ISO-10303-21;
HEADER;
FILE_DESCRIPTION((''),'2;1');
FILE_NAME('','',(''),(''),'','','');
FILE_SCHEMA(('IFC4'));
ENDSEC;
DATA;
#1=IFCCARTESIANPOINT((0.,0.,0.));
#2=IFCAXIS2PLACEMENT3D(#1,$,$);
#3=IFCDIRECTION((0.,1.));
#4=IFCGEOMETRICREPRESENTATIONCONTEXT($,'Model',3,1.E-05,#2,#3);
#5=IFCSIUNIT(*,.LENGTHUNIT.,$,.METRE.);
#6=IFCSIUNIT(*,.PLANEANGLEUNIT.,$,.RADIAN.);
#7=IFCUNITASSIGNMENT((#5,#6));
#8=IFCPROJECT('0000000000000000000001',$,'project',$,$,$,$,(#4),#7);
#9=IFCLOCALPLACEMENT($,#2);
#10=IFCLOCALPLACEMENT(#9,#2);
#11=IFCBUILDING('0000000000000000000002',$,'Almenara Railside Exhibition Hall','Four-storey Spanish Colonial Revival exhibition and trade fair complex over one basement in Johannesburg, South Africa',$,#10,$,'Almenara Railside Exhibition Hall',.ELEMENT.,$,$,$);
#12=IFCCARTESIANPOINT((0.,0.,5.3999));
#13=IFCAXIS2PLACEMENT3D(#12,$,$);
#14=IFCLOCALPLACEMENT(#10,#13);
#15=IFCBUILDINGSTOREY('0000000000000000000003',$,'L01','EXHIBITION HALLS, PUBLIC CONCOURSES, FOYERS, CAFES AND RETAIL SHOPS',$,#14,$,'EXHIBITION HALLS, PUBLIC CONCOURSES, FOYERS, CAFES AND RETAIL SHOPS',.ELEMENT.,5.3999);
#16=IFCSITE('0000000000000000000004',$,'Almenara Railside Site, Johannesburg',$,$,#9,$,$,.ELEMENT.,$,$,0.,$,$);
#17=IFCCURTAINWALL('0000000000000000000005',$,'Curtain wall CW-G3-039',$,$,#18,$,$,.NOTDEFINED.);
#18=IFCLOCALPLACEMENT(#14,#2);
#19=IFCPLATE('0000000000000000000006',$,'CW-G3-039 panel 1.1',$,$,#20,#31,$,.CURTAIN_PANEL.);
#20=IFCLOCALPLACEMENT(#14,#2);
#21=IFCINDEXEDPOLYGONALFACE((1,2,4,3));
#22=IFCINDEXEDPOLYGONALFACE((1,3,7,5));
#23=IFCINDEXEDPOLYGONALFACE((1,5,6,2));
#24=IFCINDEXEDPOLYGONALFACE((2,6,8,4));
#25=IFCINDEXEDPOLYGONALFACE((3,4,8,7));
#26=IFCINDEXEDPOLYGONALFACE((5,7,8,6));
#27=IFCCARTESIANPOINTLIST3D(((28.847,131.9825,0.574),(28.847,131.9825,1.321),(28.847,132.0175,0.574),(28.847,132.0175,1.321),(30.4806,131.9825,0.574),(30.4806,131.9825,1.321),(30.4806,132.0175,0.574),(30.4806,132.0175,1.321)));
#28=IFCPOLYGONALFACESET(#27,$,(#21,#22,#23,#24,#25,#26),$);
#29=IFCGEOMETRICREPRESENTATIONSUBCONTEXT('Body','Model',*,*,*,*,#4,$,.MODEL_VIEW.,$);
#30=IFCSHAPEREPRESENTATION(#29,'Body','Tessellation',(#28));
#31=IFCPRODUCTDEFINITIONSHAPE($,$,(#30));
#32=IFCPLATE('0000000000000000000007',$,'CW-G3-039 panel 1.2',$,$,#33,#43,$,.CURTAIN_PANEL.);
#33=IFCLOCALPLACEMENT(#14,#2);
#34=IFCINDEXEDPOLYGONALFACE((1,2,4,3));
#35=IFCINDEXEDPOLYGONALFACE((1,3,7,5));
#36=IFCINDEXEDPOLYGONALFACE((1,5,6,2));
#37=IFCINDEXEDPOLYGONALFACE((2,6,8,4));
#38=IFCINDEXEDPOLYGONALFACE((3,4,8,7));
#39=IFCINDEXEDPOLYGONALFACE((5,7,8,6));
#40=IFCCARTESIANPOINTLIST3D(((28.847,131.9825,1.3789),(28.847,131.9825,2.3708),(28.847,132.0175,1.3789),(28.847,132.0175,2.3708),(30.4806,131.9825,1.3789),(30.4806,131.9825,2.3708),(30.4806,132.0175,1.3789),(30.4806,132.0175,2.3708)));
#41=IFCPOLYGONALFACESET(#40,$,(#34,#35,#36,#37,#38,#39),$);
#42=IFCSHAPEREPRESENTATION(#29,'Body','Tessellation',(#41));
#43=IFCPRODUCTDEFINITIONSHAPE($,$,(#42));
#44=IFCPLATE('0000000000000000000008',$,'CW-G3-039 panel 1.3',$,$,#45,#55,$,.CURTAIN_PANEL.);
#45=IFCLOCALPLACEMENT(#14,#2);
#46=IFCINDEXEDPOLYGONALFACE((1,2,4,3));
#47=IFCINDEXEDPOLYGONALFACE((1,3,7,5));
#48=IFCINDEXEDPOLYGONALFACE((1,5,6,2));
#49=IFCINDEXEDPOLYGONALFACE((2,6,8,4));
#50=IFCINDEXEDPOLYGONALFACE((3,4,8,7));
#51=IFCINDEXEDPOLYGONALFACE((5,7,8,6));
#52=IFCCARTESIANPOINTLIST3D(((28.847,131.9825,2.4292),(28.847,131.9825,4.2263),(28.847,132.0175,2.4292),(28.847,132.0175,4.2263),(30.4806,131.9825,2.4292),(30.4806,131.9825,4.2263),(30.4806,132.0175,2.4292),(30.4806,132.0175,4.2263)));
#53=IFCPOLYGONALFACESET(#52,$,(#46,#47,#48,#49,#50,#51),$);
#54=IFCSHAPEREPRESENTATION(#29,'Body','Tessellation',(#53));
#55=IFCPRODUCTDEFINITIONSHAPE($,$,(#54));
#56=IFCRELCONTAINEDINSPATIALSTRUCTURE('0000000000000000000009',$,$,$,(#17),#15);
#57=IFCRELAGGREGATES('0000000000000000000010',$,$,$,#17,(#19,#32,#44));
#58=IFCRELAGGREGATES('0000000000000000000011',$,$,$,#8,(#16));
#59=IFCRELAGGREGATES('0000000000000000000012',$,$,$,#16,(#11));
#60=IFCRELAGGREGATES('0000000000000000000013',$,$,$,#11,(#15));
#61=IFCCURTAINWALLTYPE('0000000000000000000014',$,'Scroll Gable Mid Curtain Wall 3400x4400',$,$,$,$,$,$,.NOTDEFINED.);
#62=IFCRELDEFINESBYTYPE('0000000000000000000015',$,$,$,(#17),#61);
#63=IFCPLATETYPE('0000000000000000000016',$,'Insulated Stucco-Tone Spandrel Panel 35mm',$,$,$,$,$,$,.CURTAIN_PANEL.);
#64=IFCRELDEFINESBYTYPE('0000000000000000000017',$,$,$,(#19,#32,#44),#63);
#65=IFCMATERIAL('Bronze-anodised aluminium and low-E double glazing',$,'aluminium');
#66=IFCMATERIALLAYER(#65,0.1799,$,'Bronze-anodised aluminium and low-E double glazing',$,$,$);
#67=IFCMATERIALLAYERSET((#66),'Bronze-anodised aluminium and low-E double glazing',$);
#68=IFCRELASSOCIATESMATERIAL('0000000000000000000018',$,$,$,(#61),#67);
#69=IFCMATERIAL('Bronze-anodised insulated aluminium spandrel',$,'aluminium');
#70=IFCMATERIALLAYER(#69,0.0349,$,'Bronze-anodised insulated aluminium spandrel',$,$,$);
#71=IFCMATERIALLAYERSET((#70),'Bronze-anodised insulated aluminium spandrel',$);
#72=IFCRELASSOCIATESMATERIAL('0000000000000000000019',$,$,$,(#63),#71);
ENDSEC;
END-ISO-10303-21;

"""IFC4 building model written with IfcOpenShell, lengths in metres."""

from ifc_helpers import new_model, si_unit, direction, frame, origin, origin_2d, place, context, subcontext, project, spatial, rectangle, extrude, material, layer, layer_set, type_object, element, aggregate, save


model = new_model("IFC4")

# Units and contexts
model_context = context("Model", 3, precision=1e-05, world=origin(), true_north=direction((0.0, 1.0)))
body_context = subcontext(model_context, "Body", "Model", "MODEL_VIEW")
ifc_project = project(units=[si_unit("LENGTHUNIT", "METRE"), si_unit("PLANEANGLEUNIT", "RADIAN")], contexts=[model_context])

# Site, building, storey
site_placement = place(None, origin())
site = spatial("IfcSite", under=ifc_project, at=site_placement, Name="Almenara Railside Site, Johannesburg", CompositionType="ELEMENT", RefElevation=0.0)
building_placement = place(site_placement, origin())
building = spatial("IfcBuilding", under=site, at=building_placement, Name="Almenara Railside Exhibition Hall", Description="Four-storey Spanish Colonial Revival exhibition and trade fair complex over one basement in Johannesburg, South Africa", LongName="Almenara Railside Exhibition Hall", CompositionType="ELEMENT")
storey_placement = place(building_placement, frame((0.0, 0.0, 5.3999)))
storey = spatial("IfcBuildingStorey", under=building, at=storey_placement, Name="L01", Description="EXHIBITION HALLS, PUBLIC CONCOURSES, FOYERS, CAFES AND RETAIL SHOPS", LongName="EXHIBITION HALLS, PUBLIC CONCOURSES, FOYERS, CAFES AND RETAIL SHOPS", CompositionType="ELEMENT", Elevation=5.3999)

# Curtain wall
ifc_material_1 = material(Name="Bronze-anodised aluminium and low-E double glazing", Category="aluminium")
ifc_layer_1 = layer(ifc_material_1, 0.1799, Name="Bronze-anodised aluminium and low-E double glazing")
ifc_layer_set_1 = layer_set([ifc_layer_1], Name="Bronze-anodised aluminium and low-E double glazing")
curtain_wall_type_1 = type_object("IfcCurtainWallType", Name="Scroll Gable Mid Curtain Wall 3400x4400", PredefinedType="NOTDEFINED", material=ifc_layer_set_1)
curtain_wall_1_placement = place(storey_placement, origin())
curtain_wall_1 = element("IfcCurtainWall", 1, at=curtain_wall_1_placement, inside=storey, type_object=curtain_wall_type_1, Name="Curtain wall CW-G3-039", PredefinedType="NOTDEFINED")

# Plates
ifc_material_2 = material(Name="Bronze-anodised insulated aluminium spandrel", Category="aluminium")
ifc_layer_2 = layer(ifc_material_2, 0.0349, Name="Bronze-anodised insulated aluminium spandrel")
ifc_layer_set_2 = layer_set([ifc_layer_2], Name="Bronze-anodised insulated aluminium spandrel")
plate_type_1 = type_object("IfcPlateType", Name="Insulated Stucco-Tone Spandrel Panel 35mm", PredefinedType="CURTAIN_PANEL", material=ifc_layer_set_2)
plate_1_placement = place(storey_placement, frame((29.6638, 132.0, 0.574), z_axis=(0.0, 0.0, 1.0), x_axis=(1.0, 0.0, 0.0)))
plate_1 = element("IfcPlate", 2, at=plate_1_placement, type_object=plate_type_1, Name="CW-G3-039 panel 1.1", PredefinedType="CURTAIN_PANEL", context=body_context, shape_type="SweptSolid", body=[
    extrude(rectangle(XDim=1.6335, YDim=0.0349, at=origin_2d()), origin(), (0.0, 0.0, 1.0), 0.7471),
])
plate_2_placement = place(storey_placement, frame((29.6638, 132.0, 1.3789), z_axis=(0.0, 0.0, 1.0), x_axis=(1.0, 0.0, 0.0)))
plate_2 = element("IfcPlate", 3, at=plate_2_placement, type_object=plate_type_1, Name="CW-G3-039 panel 1.2", PredefinedType="CURTAIN_PANEL", context=body_context, shape_type="SweptSolid", body=[
    extrude(rectangle(XDim=1.6335, YDim=0.0349, at=origin_2d()), origin(), (0.0, 0.0, 1.0), 0.9919),
])
plate_3_placement = place(storey_placement, frame((29.6638, 132.0, 2.4292), z_axis=(0.0, 0.0, 1.0), x_axis=(1.0, 0.0, 0.0)))
plate_3 = element("IfcPlate", 4, at=plate_3_placement, type_object=plate_type_1, Name="CW-G3-039 panel 1.3", PredefinedType="CURTAIN_PANEL", context=body_context, shape_type="SweptSolid", body=[
    extrude(rectangle(XDim=1.6335, YDim=0.0349, at=origin_2d()), origin(), (0.0, 0.0, 1.0), 1.7971),
])
aggregate(curtain_wall_1, [plate_1, plate_2, plate_3])

save(model, "model.ifc")
